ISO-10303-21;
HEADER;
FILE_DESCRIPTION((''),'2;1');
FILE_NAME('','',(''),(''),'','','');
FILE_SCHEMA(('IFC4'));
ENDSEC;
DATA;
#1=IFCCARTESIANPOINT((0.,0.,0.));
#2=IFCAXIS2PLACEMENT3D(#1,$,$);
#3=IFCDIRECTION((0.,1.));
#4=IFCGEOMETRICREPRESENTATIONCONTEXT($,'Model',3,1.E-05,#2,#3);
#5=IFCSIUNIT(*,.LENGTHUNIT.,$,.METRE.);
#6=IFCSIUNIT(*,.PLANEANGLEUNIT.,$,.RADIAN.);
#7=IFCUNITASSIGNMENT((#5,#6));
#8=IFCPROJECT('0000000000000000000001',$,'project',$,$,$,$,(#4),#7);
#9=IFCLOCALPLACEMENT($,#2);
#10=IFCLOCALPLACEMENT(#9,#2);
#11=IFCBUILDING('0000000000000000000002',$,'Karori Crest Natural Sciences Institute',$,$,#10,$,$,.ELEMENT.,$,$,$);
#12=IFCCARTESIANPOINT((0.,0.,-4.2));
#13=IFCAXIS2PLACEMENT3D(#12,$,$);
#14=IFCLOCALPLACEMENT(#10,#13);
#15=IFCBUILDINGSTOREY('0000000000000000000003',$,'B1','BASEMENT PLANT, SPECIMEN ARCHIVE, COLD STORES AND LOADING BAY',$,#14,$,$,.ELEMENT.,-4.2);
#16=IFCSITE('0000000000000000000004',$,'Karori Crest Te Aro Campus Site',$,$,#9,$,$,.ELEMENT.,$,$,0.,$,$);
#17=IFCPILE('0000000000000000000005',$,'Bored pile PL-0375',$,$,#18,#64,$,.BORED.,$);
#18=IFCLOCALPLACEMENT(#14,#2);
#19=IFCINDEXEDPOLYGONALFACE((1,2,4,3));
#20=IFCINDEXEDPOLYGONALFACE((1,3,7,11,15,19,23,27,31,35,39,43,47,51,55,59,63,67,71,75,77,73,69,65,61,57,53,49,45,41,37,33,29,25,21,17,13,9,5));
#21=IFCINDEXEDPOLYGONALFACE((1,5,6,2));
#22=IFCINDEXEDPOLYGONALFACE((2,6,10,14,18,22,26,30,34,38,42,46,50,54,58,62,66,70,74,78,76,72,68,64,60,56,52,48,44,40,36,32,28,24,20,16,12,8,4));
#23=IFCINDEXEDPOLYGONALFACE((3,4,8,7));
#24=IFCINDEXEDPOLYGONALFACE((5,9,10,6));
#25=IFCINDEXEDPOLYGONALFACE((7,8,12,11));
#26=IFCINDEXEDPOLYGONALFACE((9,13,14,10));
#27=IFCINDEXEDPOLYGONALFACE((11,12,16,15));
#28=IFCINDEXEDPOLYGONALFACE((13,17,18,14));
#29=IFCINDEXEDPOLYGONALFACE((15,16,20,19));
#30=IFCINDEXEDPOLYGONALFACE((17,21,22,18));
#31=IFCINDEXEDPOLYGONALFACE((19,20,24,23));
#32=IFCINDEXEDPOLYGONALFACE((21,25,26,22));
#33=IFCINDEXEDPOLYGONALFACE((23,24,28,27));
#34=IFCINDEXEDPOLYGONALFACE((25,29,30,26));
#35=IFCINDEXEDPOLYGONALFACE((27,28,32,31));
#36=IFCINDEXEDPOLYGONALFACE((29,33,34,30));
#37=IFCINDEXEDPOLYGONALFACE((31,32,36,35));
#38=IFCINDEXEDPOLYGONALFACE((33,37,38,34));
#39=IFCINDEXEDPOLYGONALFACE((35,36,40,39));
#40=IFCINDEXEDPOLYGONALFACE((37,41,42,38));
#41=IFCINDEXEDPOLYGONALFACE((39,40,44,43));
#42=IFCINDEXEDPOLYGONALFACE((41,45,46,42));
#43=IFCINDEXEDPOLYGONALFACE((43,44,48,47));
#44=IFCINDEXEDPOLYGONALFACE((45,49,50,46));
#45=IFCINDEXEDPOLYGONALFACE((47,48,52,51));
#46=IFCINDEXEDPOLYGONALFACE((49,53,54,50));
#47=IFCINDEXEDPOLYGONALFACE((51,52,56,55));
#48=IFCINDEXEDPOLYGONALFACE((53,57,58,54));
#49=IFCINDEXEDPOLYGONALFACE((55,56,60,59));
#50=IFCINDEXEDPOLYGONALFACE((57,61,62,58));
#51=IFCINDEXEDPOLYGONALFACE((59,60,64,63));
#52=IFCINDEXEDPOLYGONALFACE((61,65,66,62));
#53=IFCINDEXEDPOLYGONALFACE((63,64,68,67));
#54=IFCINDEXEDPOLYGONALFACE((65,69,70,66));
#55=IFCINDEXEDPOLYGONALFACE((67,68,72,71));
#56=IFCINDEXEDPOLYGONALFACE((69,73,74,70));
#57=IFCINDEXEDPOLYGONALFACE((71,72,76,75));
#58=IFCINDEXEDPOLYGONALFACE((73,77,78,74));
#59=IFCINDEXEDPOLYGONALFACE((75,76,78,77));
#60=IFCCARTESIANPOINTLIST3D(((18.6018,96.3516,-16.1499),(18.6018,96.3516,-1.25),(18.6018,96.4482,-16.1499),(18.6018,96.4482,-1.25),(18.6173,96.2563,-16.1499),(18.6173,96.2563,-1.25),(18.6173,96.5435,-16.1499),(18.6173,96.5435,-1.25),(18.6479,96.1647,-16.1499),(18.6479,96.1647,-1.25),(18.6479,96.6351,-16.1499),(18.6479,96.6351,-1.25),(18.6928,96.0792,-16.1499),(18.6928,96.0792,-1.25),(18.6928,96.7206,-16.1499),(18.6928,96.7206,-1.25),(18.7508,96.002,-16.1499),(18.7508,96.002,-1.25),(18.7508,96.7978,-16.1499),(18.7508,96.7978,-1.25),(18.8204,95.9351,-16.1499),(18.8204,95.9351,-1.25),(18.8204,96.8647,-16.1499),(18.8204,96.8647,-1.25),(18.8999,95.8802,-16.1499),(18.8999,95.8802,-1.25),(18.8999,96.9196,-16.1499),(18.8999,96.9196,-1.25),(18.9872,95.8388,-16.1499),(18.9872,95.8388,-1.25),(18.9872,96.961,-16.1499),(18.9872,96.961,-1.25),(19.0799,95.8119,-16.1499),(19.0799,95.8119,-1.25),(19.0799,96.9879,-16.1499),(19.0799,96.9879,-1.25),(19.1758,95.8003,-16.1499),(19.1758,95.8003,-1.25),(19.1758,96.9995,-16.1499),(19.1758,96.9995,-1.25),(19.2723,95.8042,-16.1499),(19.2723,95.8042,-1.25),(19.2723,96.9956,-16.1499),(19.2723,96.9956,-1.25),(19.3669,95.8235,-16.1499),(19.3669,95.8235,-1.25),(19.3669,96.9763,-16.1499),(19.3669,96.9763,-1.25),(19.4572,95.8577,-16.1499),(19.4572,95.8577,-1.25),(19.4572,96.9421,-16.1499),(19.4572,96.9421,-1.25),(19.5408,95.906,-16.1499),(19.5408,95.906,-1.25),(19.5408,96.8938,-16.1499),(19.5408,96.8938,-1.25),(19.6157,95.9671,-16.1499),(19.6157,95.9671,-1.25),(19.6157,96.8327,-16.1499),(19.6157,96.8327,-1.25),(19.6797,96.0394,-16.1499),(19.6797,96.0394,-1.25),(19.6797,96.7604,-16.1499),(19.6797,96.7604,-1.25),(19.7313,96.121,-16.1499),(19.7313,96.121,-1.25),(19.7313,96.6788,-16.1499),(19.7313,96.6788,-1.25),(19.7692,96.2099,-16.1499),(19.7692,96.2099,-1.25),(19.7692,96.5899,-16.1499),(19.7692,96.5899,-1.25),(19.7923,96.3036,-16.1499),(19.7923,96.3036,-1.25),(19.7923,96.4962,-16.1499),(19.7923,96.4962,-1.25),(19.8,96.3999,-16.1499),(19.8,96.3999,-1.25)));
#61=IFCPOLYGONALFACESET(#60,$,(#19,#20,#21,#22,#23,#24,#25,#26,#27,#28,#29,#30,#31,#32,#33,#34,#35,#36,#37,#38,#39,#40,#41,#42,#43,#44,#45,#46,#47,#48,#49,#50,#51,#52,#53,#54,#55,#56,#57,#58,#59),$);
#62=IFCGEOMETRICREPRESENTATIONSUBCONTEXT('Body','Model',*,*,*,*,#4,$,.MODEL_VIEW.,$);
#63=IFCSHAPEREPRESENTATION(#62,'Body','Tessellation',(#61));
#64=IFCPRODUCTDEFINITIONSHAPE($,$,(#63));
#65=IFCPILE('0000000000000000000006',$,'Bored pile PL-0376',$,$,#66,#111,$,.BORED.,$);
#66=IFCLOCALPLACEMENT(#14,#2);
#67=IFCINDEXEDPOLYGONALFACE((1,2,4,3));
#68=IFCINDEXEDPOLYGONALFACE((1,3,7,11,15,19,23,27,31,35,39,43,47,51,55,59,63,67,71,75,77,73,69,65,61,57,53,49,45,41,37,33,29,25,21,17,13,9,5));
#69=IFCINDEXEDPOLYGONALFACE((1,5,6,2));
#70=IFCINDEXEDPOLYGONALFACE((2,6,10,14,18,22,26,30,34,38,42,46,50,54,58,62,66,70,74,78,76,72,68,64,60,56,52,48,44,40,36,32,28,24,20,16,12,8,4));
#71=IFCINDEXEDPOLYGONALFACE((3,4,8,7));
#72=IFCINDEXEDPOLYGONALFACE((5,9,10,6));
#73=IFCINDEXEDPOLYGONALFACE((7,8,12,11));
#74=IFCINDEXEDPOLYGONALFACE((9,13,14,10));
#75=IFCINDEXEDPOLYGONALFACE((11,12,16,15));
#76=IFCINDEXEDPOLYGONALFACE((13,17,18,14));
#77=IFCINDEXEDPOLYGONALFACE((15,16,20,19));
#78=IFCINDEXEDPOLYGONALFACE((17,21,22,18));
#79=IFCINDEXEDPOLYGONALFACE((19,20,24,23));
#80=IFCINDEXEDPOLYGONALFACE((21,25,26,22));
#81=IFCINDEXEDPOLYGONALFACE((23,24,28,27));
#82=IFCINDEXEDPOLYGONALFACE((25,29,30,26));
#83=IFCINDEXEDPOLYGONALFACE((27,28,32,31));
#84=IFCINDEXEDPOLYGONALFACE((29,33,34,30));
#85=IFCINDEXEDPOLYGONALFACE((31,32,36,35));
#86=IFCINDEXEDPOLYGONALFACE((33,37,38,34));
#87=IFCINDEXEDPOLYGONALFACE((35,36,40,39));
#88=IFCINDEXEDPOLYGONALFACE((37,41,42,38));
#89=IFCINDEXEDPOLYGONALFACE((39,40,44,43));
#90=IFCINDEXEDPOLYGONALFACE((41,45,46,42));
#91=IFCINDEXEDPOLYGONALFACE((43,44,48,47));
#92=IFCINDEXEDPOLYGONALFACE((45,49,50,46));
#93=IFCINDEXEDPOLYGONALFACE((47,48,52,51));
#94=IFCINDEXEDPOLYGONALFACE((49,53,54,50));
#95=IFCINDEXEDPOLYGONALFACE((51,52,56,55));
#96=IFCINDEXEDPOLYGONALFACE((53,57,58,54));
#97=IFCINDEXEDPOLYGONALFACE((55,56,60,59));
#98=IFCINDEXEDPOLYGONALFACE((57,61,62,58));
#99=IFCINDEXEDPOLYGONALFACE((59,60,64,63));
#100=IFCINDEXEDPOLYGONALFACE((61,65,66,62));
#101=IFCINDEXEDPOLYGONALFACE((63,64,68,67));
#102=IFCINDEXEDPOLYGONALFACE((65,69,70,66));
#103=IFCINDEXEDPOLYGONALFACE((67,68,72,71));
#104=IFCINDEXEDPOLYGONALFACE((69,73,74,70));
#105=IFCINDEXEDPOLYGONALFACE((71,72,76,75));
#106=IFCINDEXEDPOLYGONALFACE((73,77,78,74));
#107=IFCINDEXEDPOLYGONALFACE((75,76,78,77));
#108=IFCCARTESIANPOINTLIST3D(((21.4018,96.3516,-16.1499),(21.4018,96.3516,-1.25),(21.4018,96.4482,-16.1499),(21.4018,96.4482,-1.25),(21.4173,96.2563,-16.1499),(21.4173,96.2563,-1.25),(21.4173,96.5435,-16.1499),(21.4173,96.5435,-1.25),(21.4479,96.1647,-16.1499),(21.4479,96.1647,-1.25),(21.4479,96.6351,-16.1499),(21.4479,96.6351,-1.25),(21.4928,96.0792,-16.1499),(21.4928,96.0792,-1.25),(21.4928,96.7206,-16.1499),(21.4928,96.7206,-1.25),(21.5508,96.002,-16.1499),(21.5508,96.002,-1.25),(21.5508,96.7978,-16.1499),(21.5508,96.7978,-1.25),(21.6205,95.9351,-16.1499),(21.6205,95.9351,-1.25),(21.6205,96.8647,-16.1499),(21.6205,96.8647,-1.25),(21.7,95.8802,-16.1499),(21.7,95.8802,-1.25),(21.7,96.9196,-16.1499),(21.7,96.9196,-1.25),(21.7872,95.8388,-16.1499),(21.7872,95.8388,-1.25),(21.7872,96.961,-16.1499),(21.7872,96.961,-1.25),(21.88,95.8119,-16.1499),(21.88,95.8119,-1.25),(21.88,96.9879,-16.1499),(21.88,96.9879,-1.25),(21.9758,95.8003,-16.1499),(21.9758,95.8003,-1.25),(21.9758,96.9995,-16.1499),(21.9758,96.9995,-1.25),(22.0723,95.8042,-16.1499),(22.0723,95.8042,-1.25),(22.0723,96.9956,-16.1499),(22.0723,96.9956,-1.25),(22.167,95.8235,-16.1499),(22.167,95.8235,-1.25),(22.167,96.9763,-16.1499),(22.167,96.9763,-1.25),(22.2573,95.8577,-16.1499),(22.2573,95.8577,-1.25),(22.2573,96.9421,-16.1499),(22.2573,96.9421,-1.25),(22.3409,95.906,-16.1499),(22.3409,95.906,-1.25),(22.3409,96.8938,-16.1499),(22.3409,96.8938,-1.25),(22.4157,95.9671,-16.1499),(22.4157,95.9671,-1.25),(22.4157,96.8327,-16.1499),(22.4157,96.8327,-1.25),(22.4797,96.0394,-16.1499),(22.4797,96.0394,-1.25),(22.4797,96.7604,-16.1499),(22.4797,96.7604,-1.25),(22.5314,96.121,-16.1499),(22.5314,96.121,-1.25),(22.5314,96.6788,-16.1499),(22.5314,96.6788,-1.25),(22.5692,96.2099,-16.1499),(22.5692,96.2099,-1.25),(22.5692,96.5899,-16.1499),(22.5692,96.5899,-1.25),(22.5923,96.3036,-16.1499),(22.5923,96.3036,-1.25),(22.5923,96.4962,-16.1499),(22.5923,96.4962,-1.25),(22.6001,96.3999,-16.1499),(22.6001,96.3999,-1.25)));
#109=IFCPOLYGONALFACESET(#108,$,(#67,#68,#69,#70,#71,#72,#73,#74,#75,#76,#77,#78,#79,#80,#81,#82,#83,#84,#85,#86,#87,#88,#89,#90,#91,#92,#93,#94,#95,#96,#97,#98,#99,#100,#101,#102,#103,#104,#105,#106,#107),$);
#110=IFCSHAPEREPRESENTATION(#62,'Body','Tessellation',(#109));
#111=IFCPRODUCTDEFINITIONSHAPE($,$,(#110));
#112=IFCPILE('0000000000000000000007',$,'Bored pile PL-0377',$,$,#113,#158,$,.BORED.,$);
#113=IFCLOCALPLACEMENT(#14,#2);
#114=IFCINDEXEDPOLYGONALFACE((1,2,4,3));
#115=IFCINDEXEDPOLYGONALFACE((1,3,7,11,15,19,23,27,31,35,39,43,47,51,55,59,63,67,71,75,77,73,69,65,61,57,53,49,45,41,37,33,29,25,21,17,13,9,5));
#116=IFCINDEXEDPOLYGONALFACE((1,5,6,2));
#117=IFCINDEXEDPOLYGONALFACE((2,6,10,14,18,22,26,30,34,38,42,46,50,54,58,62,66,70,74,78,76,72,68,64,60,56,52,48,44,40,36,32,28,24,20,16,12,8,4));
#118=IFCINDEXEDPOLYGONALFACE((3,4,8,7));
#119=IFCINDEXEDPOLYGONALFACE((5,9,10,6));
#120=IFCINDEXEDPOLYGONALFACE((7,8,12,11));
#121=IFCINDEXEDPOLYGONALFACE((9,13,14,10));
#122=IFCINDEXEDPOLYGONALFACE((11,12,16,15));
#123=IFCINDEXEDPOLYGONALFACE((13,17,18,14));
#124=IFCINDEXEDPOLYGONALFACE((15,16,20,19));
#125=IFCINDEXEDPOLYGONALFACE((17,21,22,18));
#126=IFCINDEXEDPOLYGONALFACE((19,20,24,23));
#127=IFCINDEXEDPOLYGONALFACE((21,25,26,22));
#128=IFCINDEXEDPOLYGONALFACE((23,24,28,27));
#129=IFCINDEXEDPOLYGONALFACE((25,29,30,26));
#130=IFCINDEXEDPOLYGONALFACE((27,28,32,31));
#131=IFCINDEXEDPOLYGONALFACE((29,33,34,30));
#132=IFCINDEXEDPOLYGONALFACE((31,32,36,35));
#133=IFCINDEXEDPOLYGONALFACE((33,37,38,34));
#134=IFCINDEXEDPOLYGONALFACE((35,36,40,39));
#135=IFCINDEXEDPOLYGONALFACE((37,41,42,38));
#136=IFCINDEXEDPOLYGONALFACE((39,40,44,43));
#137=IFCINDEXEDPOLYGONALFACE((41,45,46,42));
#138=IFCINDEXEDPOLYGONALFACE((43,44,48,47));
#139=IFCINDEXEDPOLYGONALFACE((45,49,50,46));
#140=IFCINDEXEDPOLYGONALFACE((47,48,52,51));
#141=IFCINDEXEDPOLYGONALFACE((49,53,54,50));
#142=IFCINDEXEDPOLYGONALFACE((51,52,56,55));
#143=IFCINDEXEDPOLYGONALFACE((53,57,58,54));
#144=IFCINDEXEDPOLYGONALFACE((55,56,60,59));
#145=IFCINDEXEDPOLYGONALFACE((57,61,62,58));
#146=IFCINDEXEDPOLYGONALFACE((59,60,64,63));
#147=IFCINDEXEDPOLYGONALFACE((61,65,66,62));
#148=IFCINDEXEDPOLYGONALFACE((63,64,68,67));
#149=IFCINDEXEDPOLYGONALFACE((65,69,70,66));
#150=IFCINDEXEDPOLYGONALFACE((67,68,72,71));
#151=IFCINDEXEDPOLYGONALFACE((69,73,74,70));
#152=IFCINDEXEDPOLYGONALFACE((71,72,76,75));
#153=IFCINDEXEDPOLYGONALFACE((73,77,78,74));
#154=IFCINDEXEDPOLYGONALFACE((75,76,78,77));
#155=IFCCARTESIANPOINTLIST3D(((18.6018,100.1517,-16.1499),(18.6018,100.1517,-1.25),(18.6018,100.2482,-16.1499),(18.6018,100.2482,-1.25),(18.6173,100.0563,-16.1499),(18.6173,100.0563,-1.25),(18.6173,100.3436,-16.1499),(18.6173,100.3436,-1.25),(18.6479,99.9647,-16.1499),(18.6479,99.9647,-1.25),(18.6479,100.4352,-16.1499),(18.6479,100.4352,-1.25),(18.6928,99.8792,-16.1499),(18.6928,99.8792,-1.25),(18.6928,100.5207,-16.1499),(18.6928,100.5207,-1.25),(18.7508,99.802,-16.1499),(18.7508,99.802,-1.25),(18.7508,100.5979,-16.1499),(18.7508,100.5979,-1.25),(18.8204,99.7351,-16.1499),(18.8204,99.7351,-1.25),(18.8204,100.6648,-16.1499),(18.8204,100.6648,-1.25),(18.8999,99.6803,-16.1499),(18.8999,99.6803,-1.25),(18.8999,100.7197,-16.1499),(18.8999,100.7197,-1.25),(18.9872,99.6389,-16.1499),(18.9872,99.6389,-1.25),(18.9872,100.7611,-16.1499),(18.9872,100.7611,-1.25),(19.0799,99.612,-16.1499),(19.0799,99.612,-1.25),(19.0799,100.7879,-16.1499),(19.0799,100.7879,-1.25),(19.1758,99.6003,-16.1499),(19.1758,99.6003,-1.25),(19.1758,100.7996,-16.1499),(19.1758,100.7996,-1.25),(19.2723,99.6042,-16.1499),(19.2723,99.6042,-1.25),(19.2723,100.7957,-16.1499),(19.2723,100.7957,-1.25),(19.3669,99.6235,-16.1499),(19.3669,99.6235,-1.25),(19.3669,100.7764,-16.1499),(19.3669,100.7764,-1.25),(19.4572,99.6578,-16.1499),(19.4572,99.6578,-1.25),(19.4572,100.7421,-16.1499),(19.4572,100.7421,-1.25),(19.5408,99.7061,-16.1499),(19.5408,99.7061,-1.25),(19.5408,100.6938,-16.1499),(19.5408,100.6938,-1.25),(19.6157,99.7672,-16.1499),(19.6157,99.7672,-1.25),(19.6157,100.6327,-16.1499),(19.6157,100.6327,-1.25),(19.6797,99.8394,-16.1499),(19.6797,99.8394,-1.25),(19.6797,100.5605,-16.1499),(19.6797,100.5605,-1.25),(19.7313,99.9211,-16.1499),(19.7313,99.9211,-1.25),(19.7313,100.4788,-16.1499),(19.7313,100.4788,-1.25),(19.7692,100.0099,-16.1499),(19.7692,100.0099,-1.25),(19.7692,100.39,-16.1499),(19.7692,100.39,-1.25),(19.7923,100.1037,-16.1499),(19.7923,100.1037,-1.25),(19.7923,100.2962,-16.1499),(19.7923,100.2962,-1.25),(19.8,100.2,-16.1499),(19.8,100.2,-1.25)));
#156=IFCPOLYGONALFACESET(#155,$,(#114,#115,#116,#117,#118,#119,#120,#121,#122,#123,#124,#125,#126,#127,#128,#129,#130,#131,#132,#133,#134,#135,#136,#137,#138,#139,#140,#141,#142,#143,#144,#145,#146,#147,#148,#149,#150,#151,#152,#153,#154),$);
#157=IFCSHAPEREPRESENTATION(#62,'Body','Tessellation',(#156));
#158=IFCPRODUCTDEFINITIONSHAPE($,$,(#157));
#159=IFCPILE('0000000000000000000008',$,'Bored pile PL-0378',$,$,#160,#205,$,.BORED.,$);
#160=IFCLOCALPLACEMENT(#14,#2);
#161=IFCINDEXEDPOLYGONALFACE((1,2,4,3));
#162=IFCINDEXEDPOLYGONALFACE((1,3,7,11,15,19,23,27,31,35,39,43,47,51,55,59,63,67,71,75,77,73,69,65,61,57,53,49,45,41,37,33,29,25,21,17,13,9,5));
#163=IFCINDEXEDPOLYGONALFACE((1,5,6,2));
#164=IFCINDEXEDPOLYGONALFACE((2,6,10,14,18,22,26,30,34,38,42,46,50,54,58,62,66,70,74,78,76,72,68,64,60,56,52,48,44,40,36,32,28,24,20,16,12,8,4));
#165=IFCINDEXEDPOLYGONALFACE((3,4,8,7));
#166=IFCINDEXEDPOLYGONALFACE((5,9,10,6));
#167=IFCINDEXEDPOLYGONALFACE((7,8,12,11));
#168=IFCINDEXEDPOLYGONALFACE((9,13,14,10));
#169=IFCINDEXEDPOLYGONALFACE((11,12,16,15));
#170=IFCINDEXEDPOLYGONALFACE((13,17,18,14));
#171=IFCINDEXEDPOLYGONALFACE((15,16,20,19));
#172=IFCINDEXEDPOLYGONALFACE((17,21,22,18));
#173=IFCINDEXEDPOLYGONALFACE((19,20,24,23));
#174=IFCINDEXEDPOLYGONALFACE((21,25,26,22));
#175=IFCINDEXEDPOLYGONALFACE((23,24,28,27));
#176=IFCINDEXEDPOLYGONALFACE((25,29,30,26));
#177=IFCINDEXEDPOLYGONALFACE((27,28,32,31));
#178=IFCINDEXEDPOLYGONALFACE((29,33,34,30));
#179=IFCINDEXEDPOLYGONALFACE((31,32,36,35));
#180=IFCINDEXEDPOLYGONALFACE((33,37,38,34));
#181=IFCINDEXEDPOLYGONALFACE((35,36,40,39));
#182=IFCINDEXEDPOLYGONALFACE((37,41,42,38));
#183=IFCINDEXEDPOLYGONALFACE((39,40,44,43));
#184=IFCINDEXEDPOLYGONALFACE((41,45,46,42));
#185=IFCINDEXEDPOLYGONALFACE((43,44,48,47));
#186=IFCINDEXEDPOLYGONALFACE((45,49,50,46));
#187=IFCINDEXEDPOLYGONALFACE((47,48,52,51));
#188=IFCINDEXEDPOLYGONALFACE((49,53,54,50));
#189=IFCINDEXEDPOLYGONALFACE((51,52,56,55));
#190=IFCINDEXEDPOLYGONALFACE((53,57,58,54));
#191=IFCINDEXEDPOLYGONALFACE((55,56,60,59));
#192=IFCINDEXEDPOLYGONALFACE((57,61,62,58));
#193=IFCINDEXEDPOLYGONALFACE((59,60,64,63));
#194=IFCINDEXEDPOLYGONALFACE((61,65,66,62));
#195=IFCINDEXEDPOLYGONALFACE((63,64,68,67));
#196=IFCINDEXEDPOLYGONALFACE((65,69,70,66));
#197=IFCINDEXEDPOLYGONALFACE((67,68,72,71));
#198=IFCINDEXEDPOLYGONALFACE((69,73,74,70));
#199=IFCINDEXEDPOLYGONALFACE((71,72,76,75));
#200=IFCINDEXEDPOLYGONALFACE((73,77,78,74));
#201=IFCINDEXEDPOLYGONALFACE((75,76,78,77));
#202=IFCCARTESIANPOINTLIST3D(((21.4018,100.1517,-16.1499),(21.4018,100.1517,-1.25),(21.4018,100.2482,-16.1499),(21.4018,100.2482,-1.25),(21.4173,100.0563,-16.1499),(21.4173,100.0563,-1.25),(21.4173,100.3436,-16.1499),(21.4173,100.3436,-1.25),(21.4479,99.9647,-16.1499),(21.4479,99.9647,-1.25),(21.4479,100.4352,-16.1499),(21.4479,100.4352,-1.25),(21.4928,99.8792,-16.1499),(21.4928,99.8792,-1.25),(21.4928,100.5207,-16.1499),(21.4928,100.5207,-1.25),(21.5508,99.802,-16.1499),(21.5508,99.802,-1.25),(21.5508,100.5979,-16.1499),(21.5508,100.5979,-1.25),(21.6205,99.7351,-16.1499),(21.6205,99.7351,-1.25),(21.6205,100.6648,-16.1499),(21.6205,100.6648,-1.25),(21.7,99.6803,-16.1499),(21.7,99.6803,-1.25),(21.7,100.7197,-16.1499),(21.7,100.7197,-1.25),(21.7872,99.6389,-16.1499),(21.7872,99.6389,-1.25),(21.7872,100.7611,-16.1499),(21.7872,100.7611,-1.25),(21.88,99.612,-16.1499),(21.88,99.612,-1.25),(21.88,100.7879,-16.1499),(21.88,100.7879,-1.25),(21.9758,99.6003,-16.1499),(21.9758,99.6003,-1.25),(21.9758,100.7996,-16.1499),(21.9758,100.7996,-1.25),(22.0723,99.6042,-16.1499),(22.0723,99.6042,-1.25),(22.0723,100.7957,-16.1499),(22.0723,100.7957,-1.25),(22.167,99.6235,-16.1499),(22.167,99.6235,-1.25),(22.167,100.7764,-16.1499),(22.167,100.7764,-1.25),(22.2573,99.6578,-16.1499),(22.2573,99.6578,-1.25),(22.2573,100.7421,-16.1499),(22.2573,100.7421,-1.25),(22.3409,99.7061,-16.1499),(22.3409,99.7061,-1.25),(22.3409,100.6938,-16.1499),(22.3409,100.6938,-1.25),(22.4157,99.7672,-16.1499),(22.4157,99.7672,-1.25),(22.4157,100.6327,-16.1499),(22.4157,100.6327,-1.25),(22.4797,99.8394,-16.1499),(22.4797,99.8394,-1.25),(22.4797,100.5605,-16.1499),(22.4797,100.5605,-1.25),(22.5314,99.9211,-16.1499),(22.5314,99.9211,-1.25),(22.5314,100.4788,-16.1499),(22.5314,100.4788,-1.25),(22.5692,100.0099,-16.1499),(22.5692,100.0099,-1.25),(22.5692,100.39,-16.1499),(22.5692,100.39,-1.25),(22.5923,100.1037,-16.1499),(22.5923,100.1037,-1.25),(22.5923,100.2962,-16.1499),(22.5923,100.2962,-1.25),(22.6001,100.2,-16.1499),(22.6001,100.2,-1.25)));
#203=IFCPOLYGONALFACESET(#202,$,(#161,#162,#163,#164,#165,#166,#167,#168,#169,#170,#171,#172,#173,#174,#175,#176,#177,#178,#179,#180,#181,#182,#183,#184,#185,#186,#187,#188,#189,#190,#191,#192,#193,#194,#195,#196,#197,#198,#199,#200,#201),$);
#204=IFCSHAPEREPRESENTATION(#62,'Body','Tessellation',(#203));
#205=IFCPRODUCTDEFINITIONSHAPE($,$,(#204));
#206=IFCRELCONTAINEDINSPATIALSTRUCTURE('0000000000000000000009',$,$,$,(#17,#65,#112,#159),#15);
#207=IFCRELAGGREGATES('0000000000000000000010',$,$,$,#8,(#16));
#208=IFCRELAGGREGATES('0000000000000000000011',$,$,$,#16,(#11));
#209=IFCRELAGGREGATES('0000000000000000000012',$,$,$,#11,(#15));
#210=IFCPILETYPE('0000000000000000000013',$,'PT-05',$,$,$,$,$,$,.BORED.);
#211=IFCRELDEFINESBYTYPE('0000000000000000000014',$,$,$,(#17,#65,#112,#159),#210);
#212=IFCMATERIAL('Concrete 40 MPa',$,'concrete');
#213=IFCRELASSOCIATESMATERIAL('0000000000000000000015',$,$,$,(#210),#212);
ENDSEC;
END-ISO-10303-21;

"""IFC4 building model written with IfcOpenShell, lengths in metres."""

from ifc_helpers import new_model, si_unit, direction, frame, origin, origin_2d, place, context, subcontext, project, spatial, circle, extrude, material, material_profile, profile_set, type_object, element, save


model = new_model("IFC4")

# Units and contexts
model_context = context("Model", 3, precision=1e-05, world=origin(), true_north=direction((0.0, 1.0)))
body_context = subcontext(model_context, "Body", "Model", "MODEL_VIEW")
ifc_project = project(units=[si_unit("LENGTHUNIT", "METRE"), si_unit("PLANEANGLEUNIT", "RADIAN")], contexts=[model_context])

# Site, building, storey
site_placement = place(None, origin())
site = spatial("IfcSite", under=ifc_project, at=site_placement, Name="Karori Crest Te Aro Campus Site", CompositionType="ELEMENT", RefElevation=0.0)
building_placement = place(site_placement, origin())
building = spatial("IfcBuilding", under=site, at=building_placement, Name="Karori Crest Natural Sciences Institute", CompositionType="ELEMENT")
storey_placement = place(building_placement, frame((0.0, 0.0, -4.2)))
storey = spatial("IfcBuildingStorey", under=building, at=storey_placement, Name="B1", Description="BASEMENT PLANT, SPECIMEN ARCHIVE, COLD STORES AND LOADING BAY", CompositionType="ELEMENT", Elevation=-4.2)

# Shared definitions
ifc_material_1 = material(Name="Concrete 40 MPa", Category="concrete")

# Piles
ifc_material_profile_1 = material_profile(ifc_material_1, circle(Radius=0.6001, at=origin_2d()), Name="PILE1200")
ifc_profile_set_1 = profile_set([ifc_material_profile_1], Name="Concrete 40 MPa")
pile_type = type_object("IfcPileType", Name="PT-05", PredefinedType="BORED", material=ifc_profile_set_1)
for number, where, z_axis, x_axis, name in (
    (1, (19.2, 96.3999, -1.25), (0.0, 0.0, -1.0), (1.0, 0.0, 0.0), "Bored pile PL-0375"),
    (2, (22.0, 96.3999, -1.25), (0.0, 0.0, -1.0), (1.0, 0.0, 0.0), "Bored pile PL-0376"),
    (3, (19.2, 100.2, -1.25), (0.0, 0.0, -1.0), (1.0, 0.0, 0.0), "Bored pile PL-0377"),
    (4, (22.0, 100.2, -1.25), (0.0, 0.0, -1.0), (1.0, 0.0, 0.0), "Bored pile PL-0378"),
):
    element("IfcPile", number, at=place(storey_placement, frame(where, z_axis=z_axis, x_axis=x_axis)), inside=storey, type_object=pile_type, Name=name, PredefinedType="BORED", context=body_context, shape_type="SweptSolid", body=[
        extrude(circle(Radius=0.6001, at=origin_2d()), origin(), (0.0, 0.0, 1.0), 14.8999),
    ])

save(model, "model.ifc")
